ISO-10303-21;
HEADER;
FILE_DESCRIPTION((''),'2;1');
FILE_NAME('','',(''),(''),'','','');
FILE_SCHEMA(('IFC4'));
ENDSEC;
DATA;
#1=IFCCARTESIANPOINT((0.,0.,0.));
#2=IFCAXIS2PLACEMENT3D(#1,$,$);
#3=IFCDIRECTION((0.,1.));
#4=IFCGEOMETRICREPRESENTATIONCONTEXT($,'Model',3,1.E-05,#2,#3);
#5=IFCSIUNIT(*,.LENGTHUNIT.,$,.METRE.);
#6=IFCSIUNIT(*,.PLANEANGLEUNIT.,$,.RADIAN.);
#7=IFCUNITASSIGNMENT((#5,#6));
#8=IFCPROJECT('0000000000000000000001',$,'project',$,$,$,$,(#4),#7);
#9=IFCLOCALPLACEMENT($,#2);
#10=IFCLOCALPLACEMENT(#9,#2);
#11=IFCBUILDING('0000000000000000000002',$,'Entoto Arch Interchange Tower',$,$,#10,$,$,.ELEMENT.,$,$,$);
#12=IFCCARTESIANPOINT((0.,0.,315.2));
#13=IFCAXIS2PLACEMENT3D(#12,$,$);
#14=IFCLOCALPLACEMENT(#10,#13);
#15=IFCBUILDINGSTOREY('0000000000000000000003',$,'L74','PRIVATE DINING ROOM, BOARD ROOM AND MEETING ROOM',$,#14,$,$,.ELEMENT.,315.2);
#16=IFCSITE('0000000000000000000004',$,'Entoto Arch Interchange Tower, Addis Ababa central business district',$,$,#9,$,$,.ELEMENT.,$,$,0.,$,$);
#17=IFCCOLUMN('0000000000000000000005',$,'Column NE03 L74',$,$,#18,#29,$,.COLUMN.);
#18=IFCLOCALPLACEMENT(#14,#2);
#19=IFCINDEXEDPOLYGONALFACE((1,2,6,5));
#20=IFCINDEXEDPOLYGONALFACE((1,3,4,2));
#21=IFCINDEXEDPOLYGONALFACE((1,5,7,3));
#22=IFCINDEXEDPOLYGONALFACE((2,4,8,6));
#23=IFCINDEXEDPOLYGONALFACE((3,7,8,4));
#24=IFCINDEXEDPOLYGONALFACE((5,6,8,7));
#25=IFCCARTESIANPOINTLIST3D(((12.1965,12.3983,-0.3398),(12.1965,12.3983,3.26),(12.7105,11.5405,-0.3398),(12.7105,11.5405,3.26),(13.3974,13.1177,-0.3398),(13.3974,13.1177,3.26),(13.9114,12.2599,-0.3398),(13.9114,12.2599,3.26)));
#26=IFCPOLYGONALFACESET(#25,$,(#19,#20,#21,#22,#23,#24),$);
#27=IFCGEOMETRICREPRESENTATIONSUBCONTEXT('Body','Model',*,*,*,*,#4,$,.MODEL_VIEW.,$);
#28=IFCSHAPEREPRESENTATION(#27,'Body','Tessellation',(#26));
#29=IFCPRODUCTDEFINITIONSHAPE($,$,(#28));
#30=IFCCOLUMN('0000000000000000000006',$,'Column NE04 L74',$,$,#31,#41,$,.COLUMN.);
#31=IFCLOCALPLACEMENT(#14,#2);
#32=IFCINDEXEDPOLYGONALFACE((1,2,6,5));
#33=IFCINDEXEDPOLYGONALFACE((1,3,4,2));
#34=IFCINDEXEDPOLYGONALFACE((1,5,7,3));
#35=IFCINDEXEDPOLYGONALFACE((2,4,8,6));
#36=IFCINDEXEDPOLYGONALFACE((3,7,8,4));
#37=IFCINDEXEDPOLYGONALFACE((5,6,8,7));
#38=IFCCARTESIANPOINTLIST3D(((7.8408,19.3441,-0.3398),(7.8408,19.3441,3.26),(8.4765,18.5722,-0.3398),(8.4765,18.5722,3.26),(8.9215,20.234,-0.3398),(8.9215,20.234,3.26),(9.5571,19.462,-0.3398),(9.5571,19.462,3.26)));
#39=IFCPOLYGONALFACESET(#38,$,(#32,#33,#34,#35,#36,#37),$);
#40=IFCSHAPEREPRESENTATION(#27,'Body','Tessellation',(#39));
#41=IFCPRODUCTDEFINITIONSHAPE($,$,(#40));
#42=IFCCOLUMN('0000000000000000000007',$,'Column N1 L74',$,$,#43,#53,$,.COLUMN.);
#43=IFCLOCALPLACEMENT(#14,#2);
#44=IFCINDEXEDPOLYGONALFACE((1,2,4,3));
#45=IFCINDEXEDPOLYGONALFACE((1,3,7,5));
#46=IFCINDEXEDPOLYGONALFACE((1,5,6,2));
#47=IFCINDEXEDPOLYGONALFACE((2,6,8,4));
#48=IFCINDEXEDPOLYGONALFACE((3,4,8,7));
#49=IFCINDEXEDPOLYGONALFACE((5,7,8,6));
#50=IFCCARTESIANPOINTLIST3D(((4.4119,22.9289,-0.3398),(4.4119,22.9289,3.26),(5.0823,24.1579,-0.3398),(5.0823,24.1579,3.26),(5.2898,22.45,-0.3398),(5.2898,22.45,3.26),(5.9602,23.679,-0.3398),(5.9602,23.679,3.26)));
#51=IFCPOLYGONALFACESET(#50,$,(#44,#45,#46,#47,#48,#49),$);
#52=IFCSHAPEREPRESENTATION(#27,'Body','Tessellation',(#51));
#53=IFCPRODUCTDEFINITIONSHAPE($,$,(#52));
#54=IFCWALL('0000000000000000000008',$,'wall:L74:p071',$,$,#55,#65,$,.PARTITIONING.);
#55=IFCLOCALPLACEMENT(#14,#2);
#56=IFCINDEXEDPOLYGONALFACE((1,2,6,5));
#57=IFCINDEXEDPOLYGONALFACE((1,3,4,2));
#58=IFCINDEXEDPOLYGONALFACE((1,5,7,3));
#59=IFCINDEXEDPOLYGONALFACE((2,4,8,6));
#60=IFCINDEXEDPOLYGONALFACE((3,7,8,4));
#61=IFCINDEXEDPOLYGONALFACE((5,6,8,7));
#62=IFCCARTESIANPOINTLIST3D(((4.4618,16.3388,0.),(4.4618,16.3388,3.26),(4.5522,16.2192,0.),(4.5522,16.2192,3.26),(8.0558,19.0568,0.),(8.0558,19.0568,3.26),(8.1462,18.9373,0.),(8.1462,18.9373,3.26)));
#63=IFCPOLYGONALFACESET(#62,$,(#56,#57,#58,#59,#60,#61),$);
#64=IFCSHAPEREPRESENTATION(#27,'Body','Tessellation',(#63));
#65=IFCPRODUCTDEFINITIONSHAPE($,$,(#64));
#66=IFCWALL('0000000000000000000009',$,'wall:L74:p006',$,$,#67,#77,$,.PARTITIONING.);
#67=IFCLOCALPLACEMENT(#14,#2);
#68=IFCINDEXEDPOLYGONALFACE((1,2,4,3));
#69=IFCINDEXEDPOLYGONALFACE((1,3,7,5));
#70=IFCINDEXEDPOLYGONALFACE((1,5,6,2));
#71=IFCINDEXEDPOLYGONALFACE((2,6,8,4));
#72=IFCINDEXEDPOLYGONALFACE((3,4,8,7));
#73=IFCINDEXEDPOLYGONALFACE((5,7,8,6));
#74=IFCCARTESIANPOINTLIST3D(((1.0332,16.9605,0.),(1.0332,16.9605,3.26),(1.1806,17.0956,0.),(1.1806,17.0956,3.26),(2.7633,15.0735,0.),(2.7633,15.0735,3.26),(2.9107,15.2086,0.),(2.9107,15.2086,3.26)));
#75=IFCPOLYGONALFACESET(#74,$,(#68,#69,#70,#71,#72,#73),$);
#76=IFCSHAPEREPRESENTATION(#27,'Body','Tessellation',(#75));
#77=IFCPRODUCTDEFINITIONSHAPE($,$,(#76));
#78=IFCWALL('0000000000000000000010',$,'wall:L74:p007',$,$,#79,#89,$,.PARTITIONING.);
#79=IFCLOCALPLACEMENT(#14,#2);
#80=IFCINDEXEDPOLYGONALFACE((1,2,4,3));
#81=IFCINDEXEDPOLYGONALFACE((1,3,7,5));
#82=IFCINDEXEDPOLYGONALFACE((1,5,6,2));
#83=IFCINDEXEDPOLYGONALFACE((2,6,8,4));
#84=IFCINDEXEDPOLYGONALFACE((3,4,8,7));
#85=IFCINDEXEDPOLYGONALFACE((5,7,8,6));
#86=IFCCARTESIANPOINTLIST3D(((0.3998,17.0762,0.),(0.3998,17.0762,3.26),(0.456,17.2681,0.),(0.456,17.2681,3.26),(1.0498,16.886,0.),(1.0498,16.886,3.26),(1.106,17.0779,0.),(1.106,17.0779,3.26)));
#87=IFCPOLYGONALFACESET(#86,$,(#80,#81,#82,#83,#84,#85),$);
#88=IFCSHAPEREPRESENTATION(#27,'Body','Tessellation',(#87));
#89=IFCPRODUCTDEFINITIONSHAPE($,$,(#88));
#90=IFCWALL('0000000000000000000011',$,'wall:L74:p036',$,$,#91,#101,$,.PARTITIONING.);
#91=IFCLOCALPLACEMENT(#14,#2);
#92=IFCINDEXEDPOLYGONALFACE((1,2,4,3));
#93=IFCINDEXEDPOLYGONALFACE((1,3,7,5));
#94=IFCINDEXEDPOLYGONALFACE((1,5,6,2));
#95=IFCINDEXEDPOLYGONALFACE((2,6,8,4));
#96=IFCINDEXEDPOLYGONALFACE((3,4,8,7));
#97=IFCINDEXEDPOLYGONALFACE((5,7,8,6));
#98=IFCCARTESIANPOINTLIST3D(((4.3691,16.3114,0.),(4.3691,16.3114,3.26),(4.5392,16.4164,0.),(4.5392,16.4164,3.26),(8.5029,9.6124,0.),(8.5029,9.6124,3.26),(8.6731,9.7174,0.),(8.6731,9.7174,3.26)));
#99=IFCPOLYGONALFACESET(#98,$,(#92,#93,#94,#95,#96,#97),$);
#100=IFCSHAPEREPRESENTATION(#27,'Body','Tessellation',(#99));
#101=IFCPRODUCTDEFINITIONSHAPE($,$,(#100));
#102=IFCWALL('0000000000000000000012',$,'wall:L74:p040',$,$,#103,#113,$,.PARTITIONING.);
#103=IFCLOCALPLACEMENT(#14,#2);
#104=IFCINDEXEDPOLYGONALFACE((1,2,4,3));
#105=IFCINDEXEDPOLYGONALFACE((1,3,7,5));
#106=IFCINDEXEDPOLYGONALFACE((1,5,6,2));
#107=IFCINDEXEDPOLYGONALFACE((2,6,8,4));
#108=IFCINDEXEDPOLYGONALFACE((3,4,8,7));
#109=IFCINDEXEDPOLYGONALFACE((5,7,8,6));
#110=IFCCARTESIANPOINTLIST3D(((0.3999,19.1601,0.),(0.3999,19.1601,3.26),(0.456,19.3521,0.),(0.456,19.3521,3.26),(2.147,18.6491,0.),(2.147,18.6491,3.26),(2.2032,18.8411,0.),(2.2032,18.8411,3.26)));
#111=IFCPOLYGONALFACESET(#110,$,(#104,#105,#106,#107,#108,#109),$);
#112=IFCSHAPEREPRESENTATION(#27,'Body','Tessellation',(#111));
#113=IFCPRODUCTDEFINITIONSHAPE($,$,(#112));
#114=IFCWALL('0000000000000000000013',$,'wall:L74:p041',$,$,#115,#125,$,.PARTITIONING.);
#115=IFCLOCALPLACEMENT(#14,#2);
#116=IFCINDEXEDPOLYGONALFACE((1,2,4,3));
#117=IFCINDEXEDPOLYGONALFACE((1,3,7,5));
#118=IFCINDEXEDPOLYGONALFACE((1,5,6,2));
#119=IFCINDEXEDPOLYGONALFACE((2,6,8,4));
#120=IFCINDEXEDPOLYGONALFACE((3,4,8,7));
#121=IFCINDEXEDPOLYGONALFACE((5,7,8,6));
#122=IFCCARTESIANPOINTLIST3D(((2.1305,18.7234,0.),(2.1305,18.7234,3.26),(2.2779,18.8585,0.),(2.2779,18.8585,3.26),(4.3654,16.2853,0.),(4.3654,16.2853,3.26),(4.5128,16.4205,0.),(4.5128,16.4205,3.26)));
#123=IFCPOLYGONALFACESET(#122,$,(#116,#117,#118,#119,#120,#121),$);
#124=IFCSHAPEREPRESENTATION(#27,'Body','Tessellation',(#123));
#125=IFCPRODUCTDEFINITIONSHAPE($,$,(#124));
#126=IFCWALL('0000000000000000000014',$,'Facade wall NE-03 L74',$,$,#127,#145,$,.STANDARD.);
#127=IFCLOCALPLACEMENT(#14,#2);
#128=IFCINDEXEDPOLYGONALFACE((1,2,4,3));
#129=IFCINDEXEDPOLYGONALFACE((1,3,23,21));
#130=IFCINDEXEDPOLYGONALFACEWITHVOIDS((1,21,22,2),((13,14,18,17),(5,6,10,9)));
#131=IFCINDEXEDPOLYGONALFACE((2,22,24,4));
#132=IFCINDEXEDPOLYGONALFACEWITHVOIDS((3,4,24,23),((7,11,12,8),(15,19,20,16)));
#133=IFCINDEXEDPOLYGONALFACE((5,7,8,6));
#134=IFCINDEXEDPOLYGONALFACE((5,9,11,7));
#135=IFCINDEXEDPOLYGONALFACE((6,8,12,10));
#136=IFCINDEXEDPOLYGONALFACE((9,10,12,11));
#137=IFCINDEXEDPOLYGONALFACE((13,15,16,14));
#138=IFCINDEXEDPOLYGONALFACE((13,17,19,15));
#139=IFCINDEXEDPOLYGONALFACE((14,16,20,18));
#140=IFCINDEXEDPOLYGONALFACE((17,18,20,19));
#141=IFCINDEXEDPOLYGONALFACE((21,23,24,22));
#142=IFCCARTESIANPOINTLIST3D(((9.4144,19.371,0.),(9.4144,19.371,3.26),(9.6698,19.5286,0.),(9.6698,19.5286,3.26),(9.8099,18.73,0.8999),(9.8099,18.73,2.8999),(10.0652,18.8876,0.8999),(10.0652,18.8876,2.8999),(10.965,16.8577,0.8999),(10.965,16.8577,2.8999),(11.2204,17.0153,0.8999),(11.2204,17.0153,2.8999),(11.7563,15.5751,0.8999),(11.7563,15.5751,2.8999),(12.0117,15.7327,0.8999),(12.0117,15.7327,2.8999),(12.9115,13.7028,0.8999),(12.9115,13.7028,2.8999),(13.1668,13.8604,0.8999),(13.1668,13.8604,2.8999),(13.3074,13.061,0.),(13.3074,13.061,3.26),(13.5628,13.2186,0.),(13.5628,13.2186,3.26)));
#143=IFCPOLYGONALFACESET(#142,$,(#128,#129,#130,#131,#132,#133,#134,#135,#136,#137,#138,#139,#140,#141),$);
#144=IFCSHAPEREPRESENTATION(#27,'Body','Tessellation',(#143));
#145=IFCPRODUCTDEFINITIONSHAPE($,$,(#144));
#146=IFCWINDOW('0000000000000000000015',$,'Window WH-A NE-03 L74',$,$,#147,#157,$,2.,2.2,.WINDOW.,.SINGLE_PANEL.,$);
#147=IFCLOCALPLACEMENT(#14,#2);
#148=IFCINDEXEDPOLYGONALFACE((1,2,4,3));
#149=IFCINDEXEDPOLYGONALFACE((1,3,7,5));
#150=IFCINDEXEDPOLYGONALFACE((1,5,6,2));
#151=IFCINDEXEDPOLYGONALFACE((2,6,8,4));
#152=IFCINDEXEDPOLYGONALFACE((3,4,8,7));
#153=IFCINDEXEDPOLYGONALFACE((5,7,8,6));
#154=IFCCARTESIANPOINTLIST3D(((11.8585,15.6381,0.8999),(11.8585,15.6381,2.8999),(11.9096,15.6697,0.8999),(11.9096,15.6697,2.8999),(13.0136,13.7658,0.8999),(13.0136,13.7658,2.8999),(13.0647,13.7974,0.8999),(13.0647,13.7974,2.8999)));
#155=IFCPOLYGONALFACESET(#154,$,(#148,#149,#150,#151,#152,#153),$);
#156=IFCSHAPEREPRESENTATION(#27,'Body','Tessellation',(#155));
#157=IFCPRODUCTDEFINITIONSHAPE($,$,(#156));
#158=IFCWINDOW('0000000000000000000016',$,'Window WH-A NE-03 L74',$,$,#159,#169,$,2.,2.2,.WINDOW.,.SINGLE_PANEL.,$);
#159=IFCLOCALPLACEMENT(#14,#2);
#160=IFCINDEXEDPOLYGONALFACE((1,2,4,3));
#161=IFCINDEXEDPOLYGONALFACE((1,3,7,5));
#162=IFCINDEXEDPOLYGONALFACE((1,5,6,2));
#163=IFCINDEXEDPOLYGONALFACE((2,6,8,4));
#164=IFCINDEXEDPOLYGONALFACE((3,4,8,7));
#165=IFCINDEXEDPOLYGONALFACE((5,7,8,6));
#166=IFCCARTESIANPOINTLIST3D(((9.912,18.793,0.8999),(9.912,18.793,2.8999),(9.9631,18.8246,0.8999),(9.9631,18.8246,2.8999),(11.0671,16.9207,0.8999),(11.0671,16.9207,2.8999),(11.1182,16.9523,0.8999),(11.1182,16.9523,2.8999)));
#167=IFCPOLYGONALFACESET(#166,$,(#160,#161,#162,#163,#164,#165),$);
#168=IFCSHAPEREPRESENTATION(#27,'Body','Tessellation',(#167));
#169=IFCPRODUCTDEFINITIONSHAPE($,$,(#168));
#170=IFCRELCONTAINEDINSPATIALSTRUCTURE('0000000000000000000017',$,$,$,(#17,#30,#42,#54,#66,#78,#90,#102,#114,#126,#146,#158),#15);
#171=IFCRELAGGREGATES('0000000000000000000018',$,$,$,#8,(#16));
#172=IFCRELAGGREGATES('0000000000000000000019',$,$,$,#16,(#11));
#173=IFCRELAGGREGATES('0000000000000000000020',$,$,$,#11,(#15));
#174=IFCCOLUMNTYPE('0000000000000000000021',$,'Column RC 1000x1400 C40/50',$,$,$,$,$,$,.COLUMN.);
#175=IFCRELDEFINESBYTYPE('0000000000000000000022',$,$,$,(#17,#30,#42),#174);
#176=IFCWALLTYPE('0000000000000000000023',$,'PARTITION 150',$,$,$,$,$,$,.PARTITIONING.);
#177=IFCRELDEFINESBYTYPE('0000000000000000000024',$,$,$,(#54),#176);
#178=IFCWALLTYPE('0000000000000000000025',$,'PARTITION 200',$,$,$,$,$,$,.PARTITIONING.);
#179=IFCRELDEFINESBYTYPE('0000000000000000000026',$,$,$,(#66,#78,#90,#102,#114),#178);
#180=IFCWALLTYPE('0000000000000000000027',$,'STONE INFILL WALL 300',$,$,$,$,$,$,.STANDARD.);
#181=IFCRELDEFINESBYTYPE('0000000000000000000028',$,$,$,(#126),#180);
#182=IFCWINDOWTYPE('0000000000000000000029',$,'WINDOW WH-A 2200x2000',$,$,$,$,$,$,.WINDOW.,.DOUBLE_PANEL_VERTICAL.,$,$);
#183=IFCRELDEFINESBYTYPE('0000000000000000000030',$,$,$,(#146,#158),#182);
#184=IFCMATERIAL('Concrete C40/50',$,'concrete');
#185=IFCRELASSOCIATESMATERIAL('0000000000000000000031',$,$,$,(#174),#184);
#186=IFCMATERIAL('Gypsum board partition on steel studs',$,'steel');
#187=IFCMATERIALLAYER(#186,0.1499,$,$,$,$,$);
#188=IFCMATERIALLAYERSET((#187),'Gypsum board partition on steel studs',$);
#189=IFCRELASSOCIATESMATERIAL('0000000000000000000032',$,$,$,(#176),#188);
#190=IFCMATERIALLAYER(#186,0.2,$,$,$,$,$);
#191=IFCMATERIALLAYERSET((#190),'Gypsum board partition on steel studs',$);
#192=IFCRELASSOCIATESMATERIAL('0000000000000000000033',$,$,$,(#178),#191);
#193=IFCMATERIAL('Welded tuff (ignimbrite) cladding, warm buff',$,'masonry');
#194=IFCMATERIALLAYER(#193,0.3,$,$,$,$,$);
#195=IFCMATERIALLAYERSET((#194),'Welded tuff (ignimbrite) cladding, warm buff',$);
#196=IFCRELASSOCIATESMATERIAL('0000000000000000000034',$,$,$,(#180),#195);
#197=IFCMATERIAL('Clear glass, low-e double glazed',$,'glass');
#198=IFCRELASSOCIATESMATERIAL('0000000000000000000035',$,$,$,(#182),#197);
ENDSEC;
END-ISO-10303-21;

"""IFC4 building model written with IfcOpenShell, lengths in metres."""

from ifc_helpers import new_model, si_unit, direction, frame, frame_2d, origin, origin_2d, place, context, subcontext, project, spatial, rectangle, extrude, material, layer, layer_set, material_profile, profile_set, type_object, element, fill, save


model = new_model("IFC4")

# Units and contexts
model_context = context("Model", 3, precision=1e-05, world=origin(), true_north=direction((0.0, 1.0)))
body_context = subcontext(model_context, "Body", "Model", "MODEL_VIEW")
ifc_project = project(units=[si_unit("LENGTHUNIT", "METRE"), si_unit("PLANEANGLEUNIT", "RADIAN")], contexts=[model_context])

# Site, building, storey
site_placement = place(None, origin())
site = spatial("IfcSite", under=ifc_project, at=site_placement, Name="Entoto Arch Interchange Tower, Addis Ababa central business district", CompositionType="ELEMENT", RefElevation=0.0)
building_placement = place(site_placement, origin())
building = spatial("IfcBuilding", under=site, at=building_placement, Name="Entoto Arch Interchange Tower", CompositionType="ELEMENT")
storey_placement = place(building_placement, frame((0.0, 0.0, 315.2)))
storey = spatial("IfcBuildingStorey", under=building, at=storey_placement, Name="L74", Description="PRIVATE DINING ROOM, BOARD ROOM AND MEETING ROOM", CompositionType="ELEMENT", Elevation=315.2)

# Columns
ifc_material_1 = material(Name="Concrete C40/50", Category="concrete")
ifc_material_profile = material_profile(ifc_material_1, rectangle(XDim=1.0, YDim=1.3999, at=origin_2d()))
ifc_profile_set = profile_set([ifc_material_profile], Name="Concrete C40/50")
column_type = type_object("IfcColumnType", Name="Column RC 1000x1400 C40/50", PredefinedType="COLUMN", material=ifc_profile_set)
for number, where, z_axis, x_axis, name in (
    (1, (13.054, 12.3291, -0.3398), (0.0, 0.0, 1.0), (-0.513946, 0.857823, 0.0), "Column NE03 L74"),
    (2, (8.699, 19.4031, -0.3398), (0.0, 0.0, 1.0), (-0.635647, 0.77198, 0.0), "Column NE04 L74"),
    (3, (5.186, 23.304, -0.3398), (0.0, 0.0, 1.0), (-0.877899, 0.478845, 0.0), "Column N1 L74"),
):
    element("IfcColumn", number, at=place(storey_placement, frame(where, z_axis=z_axis, x_axis=x_axis)), inside=storey, type_object=column_type, Name=name, PredefinedType="COLUMN", context=body_context, shape_type="SweptSolid", body=[
        extrude(rectangle(XDim=1.0, YDim=1.3999, at=origin_2d()), origin(), (0.0, 0.0, 1.0), 3.5999),
    ])

# Walls
ifc_material_2 = material(Name="Gypsum board partition on steel studs", Category="steel")
ifc_layer_1 = layer(ifc_material_2, 0.1499)
ifc_layer_set_1 = layer_set([ifc_layer_1], Name="Gypsum board partition on steel studs")
wall_type_1 = type_object("IfcWallType", Name="PARTITION 150", PredefinedType="PARTITIONING", material=ifc_layer_set_1)
wall_1_placement = place(storey_placement, frame((4.5071, 16.2791, 0.0), z_axis=(0.0, 0.0, 1.0), x_axis=(0.797594, 0.603194, 0.0)))
element("IfcWall", 4, at=wall_1_placement, inside=storey, type_object=wall_type_1, Name="wall:L74:p071", PredefinedType="PARTITIONING", context=body_context, shape_type="SweptSolid", body=[
    extrude(rectangle(XDim=4.5061, YDim=0.1499, at=frame_2d((2.2529, 0.0))), origin(), (0.0, 0.0, 1.0), 3.26),
])
ifc_layer_2 = layer(ifc_material_2, 0.2)
ifc_layer_set_2 = layer_set([ifc_layer_2], Name="Gypsum board partition on steel studs")
wall_type_2 = type_object("IfcWallType", Name="PARTITION 200", PredefinedType="PARTITIONING", material=ifc_layer_set_2)
wall_2_placement = place(storey_placement, frame((1.1069, 17.0281, 0.0), z_axis=(0.0, 0.0, 1.0), x_axis=(0.675781, -0.737103, 0.0)))
element("IfcWall", 5, at=wall_2_placement, inside=storey, type_object=wall_type_2, Name="wall:L74:p006", PredefinedType="PARTITIONING", context=body_context, shape_type="SweptSolid", body=[
    extrude(rectangle(XDim=2.5601, YDim=0.2, at=frame_2d((1.28, 0.0))), origin(), (0.0, 0.0, 1.0), 3.26),
])
wall_3_placement = place(storey_placement, frame((1.0779, 16.9819, 0.0), z_axis=(0.0, 0.0, 1.0), x_axis=(-0.959749, 0.280858, 0.0)))
element("IfcWall", 6, at=wall_3_placement, inside=storey, type_object=wall_type_2, Name="wall:L74:p007", PredefinedType="PARTITIONING", context=body_context, shape_type="SweptSolid", body=[
    extrude(rectangle(XDim=0.6772, YDim=0.2, at=frame_2d((0.3386, 0.0))), origin(), (0.0, 0.0, 1.0), 3.26),
])
wall_4_placement = place(storey_placement, frame((4.4541, 16.364, 0.0), z_axis=(0.0, 0.0, 1.0), x_axis=(0.525142, -0.851014, 0.0)))
element("IfcWall", 7, at=wall_4_placement, inside=storey, type_object=wall_type_2, Name="wall:L74:p036", PredefinedType="PARTITIONING", context=body_context, shape_type="SweptSolid", body=[
    extrude(rectangle(XDim=7.8718, YDim=0.2, at=frame_2d((3.936, 0.0))), origin(), (0.0, 0.0, 1.0), 3.26),
])
wall_5_placement = place(storey_placement, frame((0.428, 19.2561, 0.0), z_axis=(0.0, 0.0, 1.0), x_axis=(0.959789, -0.280721, 0.0)))
element("IfcWall", 8, at=wall_5_placement, inside=storey, type_object=wall_type_2, Name="wall:L74:p040", PredefinedType="PARTITIONING", context=body_context, shape_type="SweptSolid", body=[
    extrude(rectangle(XDim=1.8203, YDim=0.2, at=frame_2d((0.9102, 0.0))), origin(), (0.0, 0.0, 1.0), 3.26),
])
wall_6_placement = place(storey_placement, frame((2.2041, 18.791, 0.0), z_axis=(0.0, 0.0, 1.0), x_axis=(0.675731, -0.737148, 0.0)))
element("IfcWall", 9, at=wall_6_placement, inside=storey, type_object=wall_type_2, Name="wall:L74:p041", PredefinedType="PARTITIONING", context=body_context, shape_type="SweptSolid", body=[
    extrude(rectangle(XDim=3.3074, YDim=0.2, at=frame_2d((1.6538, 0.0))), origin(), (0.0, 0.0, 1.0), 3.26),
])

# Wall, openings, windows
ifc_material_3 = material(Name="Welded tuff (ignimbrite) cladding, warm buff", Category="masonry")
ifc_layer_3 = layer(ifc_material_3, 0.3)
ifc_layer_set_3 = layer_set([ifc_layer_3], Name="Welded tuff (ignimbrite) cladding, warm buff")
wall_type_3 = type_object("IfcWallType", Name="STONE INFILL WALL 300", PredefinedType="STANDARD", material=ifc_layer_set_3)
wall_7_placement = place(storey_placement, frame((13.4351, 13.1399, 0.0), z_axis=(0.0, 0.0, 1.0), x_axis=(-0.525071, 0.851059, 0.0)))
wall_7 = element("IfcWall", 10, at=wall_7_placement, inside=storey, type_object=wall_type_3, Name="Facade wall NE-03 L74", PredefinedType="STANDARD", context=body_context, shape_type="SweptSolid", body=[
    extrude(rectangle(XDim=7.4143, YDim=0.3, at=frame_2d((3.707, 0.0))), origin(), (0.0, 0.0, 1.0), 3.26),
])
opening_1_placement = place(wall_7_placement, frame((0.7539, 0.0, 0.8999)))
opening_1 = element("IfcOpeningElement", 11, at=opening_1_placement, cuts=wall_7, PredefinedType="OPENING", context=body_context, shape_type="SweptSolid", body=[
    extrude(rectangle(XDim=2.2, YDim=2.0, at=frame_2d((1.1001, 1.0))), frame((0.0, 0.1602, 0.0), z_axis=(0.0, -1.0, 0.0), x_axis=(1.0, 0.0, 0.0)), (0.0, 0.0, 1.0), 0.3201),
])
opening_2_placement = place(wall_7_placement, frame((4.4609, 0.0, 0.8999)))
opening_2 = element("IfcOpeningElement", 12, at=opening_2_placement, cuts=wall_7, PredefinedType="OPENING", context=body_context, shape_type="SweptSolid", body=[
    extrude(rectangle(XDim=2.2, YDim=2.0, at=frame_2d((1.1001, 1.0))), frame((0.0, 0.1602, 0.0), z_axis=(0.0, -1.0, 0.0), x_axis=(1.0, 0.0, 0.0)), (0.0, 0.0, 1.0), 0.3201),
])
ifc_material_4 = material(Name="Clear glass, low-e double glazed", Category="glass")
window_type_1 = type_object("IfcWindowType", Name="WINDOW WH-A 2200x2000", PartitioningType="DOUBLE_PANEL_VERTICAL", PredefinedType="WINDOW", material=ifc_material_4)
window_1_placement = place(opening_1_placement, origin())
window_1 = element("IfcWindow", 13, at=window_1_placement, inside=storey, type_object=window_type_1, Name="Window WH-A NE-03 L74", OverallHeight=2.0, OverallWidth=2.2, PartitioningType="SINGLE_PANEL", PredefinedType="WINDOW", context=body_context, shape_type="SweptSolid", body=[
    extrude(rectangle(XDim=2.2, YDim=2.0, at=frame_2d((1.1001, 1.0))), frame((0.0, 0.03, 0.0), z_axis=(0.0, -1.0, 0.0), x_axis=(1.0, 0.0, 0.0)), (0.0, 0.0, 1.0), 0.0601),
])
fill(opening_1, window_1)
window_2_placement = place(opening_2_placement, origin())
window_2 = element("IfcWindow", 14, at=window_2_placement, inside=storey, type_object=window_type_1, Name="Window WH-A NE-03 L74", OverallHeight=2.0, OverallWidth=2.2, PartitioningType="SINGLE_PANEL", PredefinedType="WINDOW", context=body_context, shape_type="SweptSolid", body=[
    extrude(rectangle(XDim=2.2, YDim=2.0, at=frame_2d((1.1001, 1.0))), frame((0.0, 0.03, 0.0), z_axis=(0.0, -1.0, 0.0), x_axis=(1.0, 0.0, 0.0)), (0.0, 0.0, 1.0), 0.0601),
])
fill(opening_2, window_2)

save(model, "model.ifc")
